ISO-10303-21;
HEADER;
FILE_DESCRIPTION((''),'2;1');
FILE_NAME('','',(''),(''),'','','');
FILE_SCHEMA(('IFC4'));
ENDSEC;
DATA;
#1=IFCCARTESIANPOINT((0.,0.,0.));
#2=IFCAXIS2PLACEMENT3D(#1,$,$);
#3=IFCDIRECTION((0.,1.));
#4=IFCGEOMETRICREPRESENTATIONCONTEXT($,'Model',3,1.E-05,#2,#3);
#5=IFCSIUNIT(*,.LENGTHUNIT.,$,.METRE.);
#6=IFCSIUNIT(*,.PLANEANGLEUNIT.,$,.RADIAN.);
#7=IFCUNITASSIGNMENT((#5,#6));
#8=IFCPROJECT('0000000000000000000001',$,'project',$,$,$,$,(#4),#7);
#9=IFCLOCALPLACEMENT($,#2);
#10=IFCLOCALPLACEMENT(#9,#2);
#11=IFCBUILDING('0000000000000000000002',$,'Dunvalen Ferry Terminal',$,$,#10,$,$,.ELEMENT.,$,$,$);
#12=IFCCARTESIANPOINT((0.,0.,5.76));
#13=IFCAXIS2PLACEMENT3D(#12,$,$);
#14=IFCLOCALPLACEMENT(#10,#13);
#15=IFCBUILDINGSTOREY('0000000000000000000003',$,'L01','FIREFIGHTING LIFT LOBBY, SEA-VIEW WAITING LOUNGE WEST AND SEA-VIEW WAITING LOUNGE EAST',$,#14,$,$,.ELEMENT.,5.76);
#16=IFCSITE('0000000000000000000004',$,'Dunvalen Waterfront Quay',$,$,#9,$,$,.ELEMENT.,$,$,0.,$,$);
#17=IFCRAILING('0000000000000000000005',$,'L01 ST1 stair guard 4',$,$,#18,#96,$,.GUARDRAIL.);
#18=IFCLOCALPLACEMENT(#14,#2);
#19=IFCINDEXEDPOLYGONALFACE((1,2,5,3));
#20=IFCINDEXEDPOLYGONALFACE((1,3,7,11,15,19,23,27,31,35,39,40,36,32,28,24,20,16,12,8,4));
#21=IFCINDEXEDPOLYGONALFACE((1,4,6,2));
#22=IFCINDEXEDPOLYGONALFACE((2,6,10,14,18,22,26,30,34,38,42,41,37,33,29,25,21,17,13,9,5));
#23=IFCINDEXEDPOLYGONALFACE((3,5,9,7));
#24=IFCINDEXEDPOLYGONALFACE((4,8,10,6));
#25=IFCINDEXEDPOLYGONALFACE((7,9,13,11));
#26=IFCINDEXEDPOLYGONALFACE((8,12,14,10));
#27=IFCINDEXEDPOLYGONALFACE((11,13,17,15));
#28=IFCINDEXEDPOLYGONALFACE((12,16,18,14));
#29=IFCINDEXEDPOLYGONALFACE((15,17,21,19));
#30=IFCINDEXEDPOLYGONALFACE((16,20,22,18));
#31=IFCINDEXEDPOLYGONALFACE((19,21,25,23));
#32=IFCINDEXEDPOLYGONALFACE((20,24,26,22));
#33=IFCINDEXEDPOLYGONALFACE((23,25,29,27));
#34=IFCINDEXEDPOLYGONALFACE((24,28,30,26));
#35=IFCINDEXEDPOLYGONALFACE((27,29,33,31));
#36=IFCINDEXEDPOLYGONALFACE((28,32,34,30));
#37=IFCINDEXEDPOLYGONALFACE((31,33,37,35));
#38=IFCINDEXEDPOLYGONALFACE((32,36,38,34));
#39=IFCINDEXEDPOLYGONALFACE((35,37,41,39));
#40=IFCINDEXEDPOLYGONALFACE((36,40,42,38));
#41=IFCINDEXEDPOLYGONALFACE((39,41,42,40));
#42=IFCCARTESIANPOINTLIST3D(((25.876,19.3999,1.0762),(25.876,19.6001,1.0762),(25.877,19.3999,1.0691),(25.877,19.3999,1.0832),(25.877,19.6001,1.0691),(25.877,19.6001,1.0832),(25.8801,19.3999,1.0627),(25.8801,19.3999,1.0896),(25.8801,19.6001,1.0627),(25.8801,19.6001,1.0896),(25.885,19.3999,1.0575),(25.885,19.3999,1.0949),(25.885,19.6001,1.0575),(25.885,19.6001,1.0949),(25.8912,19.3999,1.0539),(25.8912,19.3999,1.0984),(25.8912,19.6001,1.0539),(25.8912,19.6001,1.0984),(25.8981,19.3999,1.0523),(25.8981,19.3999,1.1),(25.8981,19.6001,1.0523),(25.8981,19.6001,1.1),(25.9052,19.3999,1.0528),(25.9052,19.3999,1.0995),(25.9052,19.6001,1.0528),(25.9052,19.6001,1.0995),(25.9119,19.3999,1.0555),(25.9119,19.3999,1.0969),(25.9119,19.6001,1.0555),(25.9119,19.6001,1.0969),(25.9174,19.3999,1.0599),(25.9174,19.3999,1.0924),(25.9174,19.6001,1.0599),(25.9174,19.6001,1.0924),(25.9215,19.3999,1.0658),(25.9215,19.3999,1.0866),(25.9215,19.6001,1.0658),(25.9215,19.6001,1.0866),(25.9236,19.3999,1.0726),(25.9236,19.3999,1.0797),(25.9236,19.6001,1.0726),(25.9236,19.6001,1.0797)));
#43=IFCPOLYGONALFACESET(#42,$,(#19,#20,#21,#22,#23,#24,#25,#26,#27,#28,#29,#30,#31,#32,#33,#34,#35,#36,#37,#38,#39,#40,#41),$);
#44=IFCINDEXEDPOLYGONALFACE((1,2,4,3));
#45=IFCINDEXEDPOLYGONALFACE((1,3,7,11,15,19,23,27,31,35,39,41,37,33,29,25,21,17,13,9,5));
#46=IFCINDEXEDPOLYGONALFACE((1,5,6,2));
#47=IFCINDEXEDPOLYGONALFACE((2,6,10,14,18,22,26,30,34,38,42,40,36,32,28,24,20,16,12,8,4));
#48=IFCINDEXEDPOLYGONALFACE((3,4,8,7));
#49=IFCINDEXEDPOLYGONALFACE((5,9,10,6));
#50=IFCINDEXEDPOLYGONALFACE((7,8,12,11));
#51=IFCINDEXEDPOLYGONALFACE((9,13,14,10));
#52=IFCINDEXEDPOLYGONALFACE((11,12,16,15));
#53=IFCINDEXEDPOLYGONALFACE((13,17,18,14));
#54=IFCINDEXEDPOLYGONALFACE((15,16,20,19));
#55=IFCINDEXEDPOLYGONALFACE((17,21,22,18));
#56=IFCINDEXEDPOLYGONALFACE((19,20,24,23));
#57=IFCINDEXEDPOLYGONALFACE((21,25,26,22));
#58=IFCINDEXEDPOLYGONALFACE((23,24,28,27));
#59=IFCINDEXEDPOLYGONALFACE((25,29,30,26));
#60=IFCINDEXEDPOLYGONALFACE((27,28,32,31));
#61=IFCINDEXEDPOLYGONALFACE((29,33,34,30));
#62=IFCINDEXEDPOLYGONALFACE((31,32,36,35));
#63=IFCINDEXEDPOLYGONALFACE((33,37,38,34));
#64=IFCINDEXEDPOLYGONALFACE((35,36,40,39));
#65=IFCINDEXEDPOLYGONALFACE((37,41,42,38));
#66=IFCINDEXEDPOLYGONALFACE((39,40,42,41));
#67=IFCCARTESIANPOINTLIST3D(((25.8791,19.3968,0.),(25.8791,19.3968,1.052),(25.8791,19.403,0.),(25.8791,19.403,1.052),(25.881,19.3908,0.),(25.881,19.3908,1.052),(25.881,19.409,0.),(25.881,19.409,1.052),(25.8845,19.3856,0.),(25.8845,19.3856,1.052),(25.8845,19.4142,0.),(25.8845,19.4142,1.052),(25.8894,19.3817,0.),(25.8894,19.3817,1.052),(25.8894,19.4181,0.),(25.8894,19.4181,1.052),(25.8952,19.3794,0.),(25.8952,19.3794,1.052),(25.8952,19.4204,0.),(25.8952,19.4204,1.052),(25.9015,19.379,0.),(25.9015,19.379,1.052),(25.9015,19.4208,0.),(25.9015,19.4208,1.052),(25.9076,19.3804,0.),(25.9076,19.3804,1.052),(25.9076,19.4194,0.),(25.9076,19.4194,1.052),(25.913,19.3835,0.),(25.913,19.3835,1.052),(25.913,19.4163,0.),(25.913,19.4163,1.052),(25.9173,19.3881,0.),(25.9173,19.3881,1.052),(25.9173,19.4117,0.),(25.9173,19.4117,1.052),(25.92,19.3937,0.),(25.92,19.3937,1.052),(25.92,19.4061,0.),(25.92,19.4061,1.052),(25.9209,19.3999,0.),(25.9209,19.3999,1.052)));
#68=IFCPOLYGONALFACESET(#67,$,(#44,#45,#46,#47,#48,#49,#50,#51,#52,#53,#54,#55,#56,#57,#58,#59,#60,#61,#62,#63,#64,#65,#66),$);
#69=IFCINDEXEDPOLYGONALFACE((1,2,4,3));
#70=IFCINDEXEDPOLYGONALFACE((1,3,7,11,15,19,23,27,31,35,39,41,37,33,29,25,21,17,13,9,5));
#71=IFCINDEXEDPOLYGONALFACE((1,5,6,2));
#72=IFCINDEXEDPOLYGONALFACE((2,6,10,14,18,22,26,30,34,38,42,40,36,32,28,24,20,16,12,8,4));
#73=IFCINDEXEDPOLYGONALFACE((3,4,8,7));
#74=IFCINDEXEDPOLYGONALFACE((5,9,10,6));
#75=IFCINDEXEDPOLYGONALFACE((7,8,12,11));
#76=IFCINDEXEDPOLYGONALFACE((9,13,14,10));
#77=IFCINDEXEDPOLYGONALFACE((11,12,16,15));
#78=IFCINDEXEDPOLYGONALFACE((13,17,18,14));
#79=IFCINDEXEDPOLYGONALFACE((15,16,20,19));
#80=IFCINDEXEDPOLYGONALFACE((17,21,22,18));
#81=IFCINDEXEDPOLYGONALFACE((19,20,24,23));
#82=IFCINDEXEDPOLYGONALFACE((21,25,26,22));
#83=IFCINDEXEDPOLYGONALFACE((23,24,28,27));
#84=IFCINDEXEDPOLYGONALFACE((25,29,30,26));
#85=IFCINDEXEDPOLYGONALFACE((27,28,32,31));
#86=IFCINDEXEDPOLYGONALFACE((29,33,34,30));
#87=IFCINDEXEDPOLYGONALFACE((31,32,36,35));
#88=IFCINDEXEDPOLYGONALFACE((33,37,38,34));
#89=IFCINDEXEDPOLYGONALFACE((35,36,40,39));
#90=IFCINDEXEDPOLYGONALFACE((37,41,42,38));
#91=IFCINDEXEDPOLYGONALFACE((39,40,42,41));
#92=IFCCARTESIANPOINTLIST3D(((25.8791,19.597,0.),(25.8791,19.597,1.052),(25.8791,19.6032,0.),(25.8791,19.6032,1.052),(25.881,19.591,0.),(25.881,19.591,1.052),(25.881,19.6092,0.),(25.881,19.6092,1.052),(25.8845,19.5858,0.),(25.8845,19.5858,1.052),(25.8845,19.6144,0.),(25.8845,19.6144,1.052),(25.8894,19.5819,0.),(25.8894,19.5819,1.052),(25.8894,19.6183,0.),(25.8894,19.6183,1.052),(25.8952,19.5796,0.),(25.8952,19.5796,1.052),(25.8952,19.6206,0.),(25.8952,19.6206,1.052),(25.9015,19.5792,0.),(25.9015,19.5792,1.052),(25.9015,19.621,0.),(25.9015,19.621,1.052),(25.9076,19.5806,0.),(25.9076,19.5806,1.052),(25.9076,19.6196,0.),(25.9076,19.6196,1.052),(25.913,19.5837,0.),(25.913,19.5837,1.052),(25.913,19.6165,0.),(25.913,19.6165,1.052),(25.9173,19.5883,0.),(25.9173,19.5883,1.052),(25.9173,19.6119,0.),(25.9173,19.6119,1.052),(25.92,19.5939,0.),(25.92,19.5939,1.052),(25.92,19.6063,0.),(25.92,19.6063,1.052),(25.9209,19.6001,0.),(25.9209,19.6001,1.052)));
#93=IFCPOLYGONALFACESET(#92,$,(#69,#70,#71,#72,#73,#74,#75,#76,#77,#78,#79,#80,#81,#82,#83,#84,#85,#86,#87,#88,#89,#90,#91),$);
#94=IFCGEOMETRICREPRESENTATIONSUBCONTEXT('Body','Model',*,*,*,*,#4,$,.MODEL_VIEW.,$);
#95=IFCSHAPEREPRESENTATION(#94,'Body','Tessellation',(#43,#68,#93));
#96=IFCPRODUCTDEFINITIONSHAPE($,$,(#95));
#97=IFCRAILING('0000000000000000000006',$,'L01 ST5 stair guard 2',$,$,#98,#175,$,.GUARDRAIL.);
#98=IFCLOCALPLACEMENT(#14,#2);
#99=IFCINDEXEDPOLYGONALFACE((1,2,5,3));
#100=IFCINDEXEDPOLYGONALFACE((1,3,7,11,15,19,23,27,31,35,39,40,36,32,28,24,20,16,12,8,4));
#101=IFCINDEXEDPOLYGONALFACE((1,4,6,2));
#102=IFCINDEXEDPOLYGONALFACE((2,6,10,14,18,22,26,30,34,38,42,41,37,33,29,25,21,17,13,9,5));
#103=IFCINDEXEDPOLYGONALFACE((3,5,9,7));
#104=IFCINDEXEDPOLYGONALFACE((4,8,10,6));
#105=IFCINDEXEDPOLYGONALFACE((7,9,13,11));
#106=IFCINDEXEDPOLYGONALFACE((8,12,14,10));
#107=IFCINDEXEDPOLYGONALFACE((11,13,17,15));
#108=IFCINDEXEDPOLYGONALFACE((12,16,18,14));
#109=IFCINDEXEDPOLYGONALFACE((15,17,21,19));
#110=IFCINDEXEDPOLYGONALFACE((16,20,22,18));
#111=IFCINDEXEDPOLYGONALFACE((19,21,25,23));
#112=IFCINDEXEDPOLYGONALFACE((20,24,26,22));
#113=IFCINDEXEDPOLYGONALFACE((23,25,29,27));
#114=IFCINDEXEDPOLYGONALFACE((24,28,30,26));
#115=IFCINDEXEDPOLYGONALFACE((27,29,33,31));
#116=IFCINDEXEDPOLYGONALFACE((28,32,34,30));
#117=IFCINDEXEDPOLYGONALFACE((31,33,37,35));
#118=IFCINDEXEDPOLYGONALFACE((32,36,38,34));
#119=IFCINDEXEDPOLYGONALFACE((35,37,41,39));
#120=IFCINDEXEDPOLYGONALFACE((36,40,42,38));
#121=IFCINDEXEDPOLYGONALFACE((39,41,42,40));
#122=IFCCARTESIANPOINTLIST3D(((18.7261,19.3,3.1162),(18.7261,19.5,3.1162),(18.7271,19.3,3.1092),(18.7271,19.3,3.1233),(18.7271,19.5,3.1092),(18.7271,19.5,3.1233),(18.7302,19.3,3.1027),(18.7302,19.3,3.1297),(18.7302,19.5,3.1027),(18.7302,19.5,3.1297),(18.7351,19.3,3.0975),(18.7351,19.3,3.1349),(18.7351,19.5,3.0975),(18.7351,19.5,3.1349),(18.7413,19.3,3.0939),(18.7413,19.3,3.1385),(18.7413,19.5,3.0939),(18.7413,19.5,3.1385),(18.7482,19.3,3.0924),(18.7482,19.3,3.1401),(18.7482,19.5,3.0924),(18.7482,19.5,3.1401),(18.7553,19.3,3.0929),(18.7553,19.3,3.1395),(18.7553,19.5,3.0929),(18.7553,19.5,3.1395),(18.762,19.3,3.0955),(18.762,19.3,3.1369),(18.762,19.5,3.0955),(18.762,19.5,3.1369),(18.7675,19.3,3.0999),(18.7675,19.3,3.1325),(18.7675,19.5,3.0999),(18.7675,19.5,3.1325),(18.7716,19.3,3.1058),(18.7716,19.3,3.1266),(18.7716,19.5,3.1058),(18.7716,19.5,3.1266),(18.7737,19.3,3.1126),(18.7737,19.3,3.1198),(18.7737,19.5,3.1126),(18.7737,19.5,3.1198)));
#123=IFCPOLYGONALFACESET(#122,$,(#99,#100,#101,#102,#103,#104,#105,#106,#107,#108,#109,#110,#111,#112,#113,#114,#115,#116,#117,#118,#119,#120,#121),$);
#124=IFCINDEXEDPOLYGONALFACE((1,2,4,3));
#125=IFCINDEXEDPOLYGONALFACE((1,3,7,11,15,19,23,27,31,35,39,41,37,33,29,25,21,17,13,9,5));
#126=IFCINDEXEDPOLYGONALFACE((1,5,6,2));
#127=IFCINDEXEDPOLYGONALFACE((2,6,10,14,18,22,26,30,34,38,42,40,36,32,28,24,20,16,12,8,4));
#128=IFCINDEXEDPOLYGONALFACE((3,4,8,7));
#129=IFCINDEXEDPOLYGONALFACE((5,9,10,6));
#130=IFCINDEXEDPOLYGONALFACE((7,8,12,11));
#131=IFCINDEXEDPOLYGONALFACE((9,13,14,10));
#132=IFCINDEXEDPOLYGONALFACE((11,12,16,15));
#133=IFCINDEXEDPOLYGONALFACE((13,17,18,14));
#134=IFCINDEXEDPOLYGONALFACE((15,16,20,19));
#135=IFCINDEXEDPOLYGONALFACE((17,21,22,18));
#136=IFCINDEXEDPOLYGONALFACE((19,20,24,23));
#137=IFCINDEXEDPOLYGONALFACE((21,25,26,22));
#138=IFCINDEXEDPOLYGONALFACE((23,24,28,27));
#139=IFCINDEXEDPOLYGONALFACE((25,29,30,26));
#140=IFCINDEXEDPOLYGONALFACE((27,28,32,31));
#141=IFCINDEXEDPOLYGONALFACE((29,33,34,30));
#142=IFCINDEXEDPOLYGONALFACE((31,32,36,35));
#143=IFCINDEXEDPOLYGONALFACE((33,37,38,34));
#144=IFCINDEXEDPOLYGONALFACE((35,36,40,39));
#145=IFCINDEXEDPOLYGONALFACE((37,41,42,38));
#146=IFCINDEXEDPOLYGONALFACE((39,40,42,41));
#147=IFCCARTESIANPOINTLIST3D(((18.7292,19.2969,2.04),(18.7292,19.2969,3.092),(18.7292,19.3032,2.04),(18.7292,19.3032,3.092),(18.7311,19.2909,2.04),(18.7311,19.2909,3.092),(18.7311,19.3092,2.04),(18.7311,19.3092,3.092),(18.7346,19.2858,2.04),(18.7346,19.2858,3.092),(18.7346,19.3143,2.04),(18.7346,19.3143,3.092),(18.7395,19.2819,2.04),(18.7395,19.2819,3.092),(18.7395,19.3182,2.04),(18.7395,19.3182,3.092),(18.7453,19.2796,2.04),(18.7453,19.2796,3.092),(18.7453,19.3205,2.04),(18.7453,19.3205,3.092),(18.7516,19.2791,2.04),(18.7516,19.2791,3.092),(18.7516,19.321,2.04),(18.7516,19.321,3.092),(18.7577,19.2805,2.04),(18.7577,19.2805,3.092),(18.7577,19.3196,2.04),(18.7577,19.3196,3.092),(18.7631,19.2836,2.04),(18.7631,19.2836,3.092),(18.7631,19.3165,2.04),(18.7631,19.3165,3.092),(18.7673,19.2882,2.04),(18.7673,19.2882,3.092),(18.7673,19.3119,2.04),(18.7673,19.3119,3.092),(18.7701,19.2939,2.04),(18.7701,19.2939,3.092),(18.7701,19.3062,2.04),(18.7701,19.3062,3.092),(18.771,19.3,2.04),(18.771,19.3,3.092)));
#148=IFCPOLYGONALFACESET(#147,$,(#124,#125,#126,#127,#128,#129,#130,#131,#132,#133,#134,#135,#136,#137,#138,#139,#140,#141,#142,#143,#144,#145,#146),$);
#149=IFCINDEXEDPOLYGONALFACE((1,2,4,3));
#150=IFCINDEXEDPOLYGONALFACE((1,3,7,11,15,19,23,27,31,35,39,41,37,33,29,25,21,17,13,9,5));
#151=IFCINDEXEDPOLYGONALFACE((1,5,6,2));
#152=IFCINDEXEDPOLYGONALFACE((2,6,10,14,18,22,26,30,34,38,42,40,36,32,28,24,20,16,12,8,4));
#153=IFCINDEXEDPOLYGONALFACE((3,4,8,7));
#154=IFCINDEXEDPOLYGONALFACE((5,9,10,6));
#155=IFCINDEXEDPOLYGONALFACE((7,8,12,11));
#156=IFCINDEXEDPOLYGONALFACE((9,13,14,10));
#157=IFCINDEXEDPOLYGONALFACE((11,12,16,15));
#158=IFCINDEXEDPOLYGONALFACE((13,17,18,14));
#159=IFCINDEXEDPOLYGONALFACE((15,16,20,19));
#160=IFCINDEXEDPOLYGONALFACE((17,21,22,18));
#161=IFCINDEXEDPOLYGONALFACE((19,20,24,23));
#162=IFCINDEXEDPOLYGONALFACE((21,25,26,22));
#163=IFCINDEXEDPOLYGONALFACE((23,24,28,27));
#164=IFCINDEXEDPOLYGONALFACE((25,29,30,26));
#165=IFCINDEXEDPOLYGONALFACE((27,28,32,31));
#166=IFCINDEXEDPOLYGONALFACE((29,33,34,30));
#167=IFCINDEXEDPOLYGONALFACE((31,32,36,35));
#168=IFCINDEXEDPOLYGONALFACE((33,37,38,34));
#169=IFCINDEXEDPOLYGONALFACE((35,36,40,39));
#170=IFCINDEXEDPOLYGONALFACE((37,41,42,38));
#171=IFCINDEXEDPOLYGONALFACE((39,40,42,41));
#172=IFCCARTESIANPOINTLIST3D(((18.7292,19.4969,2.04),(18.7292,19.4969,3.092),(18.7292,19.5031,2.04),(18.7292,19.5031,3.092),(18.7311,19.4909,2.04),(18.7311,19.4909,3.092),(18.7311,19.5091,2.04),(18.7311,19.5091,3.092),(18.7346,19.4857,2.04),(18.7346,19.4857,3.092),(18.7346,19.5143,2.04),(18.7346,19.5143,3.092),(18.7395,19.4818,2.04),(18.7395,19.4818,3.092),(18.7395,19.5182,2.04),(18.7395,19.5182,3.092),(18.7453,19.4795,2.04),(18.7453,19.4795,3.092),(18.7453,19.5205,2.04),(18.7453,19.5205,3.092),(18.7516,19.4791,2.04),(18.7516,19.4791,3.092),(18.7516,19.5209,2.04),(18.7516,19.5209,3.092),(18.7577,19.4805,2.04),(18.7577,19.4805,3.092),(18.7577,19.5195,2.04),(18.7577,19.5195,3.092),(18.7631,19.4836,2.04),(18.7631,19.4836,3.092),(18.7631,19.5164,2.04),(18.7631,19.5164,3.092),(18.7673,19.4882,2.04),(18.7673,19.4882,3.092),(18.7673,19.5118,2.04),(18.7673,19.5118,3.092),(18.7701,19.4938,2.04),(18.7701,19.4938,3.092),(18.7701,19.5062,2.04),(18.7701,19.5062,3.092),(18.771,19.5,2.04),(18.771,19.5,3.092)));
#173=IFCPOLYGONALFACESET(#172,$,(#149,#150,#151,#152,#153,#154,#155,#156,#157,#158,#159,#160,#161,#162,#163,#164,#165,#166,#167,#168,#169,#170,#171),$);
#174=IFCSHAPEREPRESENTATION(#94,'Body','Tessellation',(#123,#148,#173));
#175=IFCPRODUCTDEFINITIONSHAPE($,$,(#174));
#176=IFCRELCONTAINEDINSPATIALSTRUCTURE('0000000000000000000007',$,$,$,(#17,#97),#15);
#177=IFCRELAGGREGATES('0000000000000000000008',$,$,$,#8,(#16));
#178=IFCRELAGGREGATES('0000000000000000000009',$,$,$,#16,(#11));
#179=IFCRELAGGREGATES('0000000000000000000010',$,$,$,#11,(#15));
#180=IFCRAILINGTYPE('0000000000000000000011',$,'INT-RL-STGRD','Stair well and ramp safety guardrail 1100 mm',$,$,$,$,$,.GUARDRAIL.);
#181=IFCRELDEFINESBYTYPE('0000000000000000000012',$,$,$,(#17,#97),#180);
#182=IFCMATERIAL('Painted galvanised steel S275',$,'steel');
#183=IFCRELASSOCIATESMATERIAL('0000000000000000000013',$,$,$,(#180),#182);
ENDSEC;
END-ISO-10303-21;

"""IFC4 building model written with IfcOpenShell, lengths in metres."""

from ifc_helpers import new_model, si_unit, direction, frame, origin, origin_2d, place, context, subcontext, project, spatial, circle, extrude, material, type_object, element, save


model = new_model("IFC4")

# Units and contexts
model_context = context("Model", 3, precision=1e-05, world=origin(), true_north=direction((0.0, 1.0)))
body_context = subcontext(model_context, "Body", "Model", "MODEL_VIEW")
ifc_project = project(units=[si_unit("LENGTHUNIT", "METRE"), si_unit("PLANEANGLEUNIT", "RADIAN")], contexts=[model_context])

# Site, building, storey
site_placement = place(None, origin())
site = spatial("IfcSite", under=ifc_project, at=site_placement, Name="Dunvalen Waterfront Quay", CompositionType="ELEMENT", RefElevation=0.0)
building_placement = place(site_placement, origin())
building = spatial("IfcBuilding", under=site, at=building_placement, Name="Dunvalen Ferry Terminal", CompositionType="ELEMENT")
storey_placement = place(building_placement, frame((0.0, 0.0, 5.76)))
storey = spatial("IfcBuildingStorey", under=building, at=storey_placement, Name="L01", Description="FIREFIGHTING LIFT LOBBY, SEA-VIEW WAITING LOUNGE WEST AND SEA-VIEW WAITING LOUNGE EAST", CompositionType="ELEMENT", Elevation=5.76)

# Railings
ifc_material_1 = material(Name="Painted galvanised steel S275", Category="steel")
railing_type_1 = type_object("IfcRailingType", Name="INT-RL-STGRD", Description="Stair well and ramp safety guardrail 1100 mm", PredefinedType="GUARDRAIL", material=ifc_material_1)
railing_1_placement = place(storey_placement, frame((25.8999, 19.3999, 0.0)))
element("IfcRailing", 1, at=railing_1_placement, inside=storey, type_object=railing_type_1, Name="L01 ST1 stair guard 4", PredefinedType="GUARDRAIL", context=body_context, shape_type="SweptSolid", body=[
    extrude(circle(Radius=0.0239, at=origin_2d()), frame((0.0, 0.0, 1.0762), z_axis=(0.0, 1.0, 0.0), x_axis=(-1.0, 0.0, 0.0)), (0.0, 0.0, 1.0), 0.2002),
    extrude(circle(Radius=0.021, at=origin_2d()), origin(), (0.0, 0.0, 1.0), 1.052),
    extrude(circle(Radius=0.021, at=origin_2d()), frame((0.0, 0.2002, 0.0)), (0.0, 0.0, 1.0), 1.052),
])
railing_2_placement = place(storey_placement, frame((18.75, 19.3, 2.04)))
element("IfcRailing", 2, at=railing_2_placement, inside=storey, type_object=railing_type_1, Name="L01 ST5 stair guard 2", PredefinedType="GUARDRAIL", context=body_context, shape_type="SweptSolid", body=[
    extrude(circle(Radius=0.0239, at=origin_2d()), frame((0.0, 0.0, 1.0762), z_axis=(0.0, 1.0, 0.0), x_axis=(-1.0, 0.0, 0.0)), (0.0, 0.0, 1.0), 0.2),
    extrude(circle(Radius=0.021, at=origin_2d()), origin(), (0.0, 0.0, 1.0), 1.052),
    extrude(circle(Radius=0.021, at=origin_2d()), frame((0.0, 0.2, 0.0)), (0.0, 0.0, 1.0), 1.052),
])

save(model, "model.ifc")
